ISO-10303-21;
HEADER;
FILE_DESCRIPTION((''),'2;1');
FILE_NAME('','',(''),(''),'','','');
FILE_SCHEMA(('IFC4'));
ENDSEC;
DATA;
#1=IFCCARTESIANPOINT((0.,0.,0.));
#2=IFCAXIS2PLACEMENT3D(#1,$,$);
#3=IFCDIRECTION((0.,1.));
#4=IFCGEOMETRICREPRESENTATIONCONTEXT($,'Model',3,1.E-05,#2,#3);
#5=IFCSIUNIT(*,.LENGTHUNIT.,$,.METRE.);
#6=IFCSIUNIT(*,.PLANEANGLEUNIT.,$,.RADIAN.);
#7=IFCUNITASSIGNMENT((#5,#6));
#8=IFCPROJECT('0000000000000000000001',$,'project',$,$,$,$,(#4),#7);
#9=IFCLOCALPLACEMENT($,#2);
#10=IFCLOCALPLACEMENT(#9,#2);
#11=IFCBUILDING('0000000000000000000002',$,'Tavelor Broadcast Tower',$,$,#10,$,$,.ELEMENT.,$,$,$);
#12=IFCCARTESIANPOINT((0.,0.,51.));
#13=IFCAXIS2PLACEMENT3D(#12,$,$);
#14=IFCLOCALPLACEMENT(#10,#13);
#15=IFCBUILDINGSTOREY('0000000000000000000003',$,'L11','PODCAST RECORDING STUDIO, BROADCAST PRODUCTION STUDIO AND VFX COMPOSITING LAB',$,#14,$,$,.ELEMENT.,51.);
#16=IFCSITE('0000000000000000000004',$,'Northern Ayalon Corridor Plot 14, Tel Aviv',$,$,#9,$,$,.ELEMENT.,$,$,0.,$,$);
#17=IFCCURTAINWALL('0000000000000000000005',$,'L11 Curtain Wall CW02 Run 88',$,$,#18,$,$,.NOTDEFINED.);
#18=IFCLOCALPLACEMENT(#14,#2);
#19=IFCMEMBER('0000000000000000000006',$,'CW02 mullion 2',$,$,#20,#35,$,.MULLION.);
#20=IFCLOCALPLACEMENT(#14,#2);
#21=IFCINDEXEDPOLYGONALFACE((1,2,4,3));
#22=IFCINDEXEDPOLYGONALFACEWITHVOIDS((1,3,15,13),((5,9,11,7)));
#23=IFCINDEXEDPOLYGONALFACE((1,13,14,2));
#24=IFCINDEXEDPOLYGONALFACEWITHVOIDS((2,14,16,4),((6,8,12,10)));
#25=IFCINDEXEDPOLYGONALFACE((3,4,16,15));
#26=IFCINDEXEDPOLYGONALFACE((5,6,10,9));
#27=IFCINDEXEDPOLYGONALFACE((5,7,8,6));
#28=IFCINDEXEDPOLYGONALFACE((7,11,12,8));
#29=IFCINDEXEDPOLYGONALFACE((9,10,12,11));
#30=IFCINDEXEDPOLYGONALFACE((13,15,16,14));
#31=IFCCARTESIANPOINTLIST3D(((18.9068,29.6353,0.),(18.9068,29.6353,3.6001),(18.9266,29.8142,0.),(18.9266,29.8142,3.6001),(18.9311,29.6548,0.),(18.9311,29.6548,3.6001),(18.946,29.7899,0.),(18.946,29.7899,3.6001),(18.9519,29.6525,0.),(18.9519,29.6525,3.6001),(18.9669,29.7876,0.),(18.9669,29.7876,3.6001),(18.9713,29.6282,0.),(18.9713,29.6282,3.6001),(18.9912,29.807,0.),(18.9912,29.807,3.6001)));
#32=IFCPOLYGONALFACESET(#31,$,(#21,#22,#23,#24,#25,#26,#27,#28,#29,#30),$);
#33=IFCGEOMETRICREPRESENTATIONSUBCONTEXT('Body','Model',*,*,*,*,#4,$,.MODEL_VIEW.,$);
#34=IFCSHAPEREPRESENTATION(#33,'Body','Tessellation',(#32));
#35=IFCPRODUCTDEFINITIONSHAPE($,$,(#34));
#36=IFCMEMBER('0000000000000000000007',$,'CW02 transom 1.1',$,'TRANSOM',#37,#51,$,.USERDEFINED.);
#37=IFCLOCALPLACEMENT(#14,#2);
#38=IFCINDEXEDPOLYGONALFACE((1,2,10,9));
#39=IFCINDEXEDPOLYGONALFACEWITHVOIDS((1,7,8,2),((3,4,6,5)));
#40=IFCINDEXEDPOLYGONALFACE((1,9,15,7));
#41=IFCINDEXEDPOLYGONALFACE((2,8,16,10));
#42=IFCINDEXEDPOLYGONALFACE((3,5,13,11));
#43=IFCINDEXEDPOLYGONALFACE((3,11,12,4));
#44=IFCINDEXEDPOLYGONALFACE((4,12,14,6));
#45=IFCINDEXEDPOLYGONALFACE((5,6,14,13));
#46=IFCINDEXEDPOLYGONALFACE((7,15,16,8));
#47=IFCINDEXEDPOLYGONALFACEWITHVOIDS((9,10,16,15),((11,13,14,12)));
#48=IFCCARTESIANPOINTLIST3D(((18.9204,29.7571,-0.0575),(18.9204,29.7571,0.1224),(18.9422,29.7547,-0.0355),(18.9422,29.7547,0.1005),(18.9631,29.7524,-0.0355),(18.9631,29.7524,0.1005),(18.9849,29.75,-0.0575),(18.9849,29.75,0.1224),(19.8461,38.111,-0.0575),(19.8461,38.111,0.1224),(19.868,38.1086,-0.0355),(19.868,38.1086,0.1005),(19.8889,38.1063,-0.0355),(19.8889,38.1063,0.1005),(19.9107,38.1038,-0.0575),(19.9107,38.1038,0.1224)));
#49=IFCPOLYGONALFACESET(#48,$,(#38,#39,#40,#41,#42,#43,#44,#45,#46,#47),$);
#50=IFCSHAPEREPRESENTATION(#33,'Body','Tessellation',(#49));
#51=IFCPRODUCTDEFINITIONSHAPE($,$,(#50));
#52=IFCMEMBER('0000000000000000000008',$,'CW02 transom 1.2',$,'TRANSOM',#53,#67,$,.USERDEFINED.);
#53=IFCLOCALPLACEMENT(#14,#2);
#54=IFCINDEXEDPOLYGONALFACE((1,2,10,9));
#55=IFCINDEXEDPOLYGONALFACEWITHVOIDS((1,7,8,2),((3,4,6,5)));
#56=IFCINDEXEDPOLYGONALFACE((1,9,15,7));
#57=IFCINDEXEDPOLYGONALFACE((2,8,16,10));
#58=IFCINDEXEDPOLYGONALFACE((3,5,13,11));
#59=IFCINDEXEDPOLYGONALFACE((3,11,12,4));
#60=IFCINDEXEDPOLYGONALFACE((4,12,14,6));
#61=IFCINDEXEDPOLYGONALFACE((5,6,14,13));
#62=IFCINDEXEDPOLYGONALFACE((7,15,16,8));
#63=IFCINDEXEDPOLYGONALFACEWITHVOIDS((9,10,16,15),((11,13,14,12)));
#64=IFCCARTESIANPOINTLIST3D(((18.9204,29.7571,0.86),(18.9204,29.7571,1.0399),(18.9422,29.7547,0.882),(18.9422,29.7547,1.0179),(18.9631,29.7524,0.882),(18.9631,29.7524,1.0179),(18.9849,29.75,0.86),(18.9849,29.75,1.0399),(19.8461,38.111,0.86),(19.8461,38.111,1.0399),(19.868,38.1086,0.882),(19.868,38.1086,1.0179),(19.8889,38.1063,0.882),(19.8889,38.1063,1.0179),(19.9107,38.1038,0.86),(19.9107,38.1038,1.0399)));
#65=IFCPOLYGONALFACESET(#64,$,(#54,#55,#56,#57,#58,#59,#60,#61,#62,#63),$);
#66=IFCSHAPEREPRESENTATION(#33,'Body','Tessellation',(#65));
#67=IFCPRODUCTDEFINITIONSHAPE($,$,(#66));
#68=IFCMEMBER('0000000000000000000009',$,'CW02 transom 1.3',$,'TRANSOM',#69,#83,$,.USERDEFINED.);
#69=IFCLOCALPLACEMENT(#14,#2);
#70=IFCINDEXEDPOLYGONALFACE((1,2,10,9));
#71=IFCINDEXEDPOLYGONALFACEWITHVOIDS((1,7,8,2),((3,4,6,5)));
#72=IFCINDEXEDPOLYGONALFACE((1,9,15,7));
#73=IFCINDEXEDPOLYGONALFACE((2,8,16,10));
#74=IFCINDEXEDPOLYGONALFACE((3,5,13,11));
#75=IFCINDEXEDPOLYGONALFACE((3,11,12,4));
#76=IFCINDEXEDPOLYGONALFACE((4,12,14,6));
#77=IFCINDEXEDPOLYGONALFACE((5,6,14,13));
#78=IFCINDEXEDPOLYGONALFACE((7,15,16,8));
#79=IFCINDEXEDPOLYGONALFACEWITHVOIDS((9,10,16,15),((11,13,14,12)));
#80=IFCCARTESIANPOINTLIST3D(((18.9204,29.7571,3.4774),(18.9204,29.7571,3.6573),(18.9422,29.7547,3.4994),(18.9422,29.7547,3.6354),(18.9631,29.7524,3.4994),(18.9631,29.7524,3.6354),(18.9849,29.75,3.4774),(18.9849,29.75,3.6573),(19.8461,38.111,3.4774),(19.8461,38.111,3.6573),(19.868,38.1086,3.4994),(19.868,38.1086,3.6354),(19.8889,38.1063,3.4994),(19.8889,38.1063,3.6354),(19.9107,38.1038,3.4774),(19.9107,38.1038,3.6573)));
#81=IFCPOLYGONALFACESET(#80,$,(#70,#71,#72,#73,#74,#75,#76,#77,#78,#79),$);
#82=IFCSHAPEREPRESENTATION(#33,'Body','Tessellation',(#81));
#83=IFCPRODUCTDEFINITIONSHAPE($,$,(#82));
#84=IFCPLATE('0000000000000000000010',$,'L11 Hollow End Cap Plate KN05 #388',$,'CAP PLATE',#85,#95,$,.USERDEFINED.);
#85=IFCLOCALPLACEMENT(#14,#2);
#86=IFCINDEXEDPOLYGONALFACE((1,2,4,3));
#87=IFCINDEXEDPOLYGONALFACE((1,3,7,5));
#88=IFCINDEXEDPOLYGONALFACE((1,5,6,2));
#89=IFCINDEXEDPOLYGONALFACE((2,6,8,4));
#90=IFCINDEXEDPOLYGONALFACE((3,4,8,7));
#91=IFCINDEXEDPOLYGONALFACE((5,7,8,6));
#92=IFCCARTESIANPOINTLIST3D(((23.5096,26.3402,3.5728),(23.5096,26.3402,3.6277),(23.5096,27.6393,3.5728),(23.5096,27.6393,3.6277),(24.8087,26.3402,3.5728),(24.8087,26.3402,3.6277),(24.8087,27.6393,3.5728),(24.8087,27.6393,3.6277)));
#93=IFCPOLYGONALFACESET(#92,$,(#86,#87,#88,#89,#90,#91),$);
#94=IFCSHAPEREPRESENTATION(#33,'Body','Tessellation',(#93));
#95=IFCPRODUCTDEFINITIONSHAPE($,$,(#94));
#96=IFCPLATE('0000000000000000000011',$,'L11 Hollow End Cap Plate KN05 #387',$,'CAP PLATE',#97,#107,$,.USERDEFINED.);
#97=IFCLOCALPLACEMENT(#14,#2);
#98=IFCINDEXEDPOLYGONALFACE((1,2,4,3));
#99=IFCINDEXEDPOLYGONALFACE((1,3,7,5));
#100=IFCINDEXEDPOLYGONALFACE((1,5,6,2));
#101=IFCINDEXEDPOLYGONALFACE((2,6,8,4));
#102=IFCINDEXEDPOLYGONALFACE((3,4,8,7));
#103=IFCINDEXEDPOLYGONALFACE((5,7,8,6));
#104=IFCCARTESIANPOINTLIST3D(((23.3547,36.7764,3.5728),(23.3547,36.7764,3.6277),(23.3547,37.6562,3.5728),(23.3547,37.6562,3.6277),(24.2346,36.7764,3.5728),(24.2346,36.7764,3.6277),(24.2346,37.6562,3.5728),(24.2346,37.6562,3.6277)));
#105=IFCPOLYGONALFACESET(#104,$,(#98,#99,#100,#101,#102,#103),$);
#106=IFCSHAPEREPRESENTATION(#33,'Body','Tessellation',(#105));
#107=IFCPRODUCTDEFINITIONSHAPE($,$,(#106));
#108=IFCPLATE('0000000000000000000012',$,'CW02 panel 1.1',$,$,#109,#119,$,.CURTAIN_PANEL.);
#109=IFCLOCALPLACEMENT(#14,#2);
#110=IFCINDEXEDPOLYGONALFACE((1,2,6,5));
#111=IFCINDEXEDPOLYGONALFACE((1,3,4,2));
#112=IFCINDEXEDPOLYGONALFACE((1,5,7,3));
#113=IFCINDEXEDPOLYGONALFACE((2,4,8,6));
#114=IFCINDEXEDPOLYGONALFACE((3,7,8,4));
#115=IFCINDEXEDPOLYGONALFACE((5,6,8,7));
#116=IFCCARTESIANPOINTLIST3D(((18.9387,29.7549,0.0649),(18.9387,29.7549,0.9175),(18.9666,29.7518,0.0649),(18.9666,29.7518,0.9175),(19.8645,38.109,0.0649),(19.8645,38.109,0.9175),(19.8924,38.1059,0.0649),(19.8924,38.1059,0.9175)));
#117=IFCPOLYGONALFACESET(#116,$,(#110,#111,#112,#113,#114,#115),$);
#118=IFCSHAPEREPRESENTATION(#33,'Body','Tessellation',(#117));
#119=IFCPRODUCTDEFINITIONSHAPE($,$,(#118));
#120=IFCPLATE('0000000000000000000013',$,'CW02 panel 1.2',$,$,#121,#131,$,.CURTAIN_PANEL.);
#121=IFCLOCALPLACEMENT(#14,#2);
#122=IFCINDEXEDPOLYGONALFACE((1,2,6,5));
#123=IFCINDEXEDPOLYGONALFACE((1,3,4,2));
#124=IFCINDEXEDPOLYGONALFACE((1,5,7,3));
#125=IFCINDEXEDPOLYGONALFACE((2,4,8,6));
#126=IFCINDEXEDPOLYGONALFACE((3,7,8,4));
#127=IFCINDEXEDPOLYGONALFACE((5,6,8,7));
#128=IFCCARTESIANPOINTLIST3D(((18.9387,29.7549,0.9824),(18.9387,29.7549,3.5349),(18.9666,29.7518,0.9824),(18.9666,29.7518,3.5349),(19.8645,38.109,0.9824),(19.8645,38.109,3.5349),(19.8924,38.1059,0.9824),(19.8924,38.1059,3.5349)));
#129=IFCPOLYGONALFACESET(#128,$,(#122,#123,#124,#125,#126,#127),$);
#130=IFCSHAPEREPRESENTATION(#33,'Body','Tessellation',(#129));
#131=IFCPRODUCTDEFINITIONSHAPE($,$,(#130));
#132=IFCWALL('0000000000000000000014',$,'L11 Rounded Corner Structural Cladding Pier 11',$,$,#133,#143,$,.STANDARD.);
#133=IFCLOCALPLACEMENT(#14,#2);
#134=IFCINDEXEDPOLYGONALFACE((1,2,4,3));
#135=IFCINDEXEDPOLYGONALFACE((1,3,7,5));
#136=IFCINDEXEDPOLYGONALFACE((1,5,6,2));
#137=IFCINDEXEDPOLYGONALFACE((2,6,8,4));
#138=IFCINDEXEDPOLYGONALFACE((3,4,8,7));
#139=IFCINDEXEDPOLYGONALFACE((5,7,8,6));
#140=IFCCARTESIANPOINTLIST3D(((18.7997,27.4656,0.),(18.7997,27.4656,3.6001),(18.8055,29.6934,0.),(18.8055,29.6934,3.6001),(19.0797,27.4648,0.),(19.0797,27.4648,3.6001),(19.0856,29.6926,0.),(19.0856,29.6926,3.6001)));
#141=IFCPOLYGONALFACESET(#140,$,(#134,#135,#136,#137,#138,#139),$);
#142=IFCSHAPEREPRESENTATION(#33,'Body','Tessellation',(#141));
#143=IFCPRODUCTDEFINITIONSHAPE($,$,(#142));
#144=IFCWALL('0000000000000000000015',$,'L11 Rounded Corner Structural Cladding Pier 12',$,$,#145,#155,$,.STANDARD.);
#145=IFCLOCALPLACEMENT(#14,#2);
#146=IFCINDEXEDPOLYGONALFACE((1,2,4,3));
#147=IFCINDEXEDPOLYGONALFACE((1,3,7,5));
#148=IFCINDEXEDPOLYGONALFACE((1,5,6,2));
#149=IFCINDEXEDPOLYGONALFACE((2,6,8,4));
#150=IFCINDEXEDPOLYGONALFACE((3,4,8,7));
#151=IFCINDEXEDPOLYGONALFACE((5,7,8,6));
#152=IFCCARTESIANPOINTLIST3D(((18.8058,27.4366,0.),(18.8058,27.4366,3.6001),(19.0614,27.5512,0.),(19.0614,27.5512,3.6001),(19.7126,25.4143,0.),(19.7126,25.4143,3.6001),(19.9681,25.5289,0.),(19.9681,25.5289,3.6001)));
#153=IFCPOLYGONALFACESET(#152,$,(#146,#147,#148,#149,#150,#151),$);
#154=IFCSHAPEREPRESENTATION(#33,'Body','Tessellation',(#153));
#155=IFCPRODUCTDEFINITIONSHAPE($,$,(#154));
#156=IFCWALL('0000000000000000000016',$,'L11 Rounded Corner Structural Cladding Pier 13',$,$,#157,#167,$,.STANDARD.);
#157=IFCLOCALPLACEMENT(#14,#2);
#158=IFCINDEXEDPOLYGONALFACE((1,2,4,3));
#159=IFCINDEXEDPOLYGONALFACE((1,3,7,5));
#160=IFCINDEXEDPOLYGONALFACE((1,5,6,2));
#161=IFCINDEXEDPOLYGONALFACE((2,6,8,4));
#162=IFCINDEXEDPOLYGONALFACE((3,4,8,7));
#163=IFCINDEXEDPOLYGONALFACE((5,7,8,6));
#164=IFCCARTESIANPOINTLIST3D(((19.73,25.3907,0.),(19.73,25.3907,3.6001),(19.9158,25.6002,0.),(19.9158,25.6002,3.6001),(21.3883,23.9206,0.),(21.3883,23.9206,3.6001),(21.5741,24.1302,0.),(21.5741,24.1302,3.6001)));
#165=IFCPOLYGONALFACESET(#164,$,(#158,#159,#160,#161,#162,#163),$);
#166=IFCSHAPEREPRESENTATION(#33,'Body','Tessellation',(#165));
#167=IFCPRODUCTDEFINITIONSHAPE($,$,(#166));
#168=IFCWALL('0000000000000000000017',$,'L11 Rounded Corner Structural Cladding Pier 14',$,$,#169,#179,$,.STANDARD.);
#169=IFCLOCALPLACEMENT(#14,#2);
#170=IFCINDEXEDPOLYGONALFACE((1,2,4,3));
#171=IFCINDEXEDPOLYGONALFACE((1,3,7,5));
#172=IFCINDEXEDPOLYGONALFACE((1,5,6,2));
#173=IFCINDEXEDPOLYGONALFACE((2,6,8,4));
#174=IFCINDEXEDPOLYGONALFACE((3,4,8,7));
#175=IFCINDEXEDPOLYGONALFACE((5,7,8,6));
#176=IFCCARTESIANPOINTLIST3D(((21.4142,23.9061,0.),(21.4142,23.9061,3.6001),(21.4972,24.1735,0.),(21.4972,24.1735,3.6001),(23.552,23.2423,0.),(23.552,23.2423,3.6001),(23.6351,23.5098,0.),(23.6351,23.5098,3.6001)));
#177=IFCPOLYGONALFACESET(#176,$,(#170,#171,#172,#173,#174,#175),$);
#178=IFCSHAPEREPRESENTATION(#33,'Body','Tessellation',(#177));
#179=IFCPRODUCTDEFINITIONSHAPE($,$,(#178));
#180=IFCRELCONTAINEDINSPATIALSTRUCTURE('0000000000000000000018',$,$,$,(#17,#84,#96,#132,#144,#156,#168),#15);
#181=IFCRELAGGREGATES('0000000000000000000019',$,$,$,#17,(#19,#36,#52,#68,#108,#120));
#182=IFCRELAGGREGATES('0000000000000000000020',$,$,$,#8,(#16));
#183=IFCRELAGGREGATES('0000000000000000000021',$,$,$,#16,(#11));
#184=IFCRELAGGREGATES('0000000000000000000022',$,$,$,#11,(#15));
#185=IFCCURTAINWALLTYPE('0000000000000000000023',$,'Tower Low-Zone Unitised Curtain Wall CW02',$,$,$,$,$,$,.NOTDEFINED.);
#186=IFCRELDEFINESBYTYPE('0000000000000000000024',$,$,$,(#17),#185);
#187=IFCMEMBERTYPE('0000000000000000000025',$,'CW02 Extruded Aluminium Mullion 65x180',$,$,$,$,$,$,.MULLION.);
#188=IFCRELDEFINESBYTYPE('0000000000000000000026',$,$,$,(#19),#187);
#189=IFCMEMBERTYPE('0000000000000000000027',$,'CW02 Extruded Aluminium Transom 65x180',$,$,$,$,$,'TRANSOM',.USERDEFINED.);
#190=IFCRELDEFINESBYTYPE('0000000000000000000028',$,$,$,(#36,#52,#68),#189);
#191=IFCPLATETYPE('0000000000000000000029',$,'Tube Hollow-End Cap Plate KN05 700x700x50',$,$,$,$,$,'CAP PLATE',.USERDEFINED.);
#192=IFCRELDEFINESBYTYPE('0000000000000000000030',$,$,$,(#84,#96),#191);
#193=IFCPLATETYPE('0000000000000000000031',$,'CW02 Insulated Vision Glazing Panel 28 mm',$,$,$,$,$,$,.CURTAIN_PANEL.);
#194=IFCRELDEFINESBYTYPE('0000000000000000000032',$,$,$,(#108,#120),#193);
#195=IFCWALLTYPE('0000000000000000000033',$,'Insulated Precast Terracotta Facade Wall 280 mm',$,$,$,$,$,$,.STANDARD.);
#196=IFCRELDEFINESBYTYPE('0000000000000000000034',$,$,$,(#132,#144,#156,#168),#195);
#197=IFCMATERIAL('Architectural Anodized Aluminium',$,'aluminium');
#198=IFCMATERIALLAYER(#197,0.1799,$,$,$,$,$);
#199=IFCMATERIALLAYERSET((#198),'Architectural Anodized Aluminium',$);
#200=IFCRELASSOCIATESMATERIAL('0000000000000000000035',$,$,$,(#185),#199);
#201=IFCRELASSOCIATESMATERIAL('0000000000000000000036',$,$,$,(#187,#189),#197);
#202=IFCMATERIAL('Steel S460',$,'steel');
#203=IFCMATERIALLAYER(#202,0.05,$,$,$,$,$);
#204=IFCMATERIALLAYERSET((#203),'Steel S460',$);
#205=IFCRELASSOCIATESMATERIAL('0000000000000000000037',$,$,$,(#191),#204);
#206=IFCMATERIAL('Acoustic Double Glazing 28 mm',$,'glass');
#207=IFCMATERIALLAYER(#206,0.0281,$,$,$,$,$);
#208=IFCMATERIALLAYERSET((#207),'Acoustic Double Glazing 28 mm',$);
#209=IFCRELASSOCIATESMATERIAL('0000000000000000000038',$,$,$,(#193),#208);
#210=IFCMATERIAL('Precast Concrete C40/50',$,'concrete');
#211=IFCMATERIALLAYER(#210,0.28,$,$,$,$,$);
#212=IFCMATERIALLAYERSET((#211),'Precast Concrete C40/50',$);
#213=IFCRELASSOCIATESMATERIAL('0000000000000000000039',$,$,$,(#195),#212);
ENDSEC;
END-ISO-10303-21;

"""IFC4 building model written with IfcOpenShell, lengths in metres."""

from ifc_helpers import new_model, si_unit, direction, frame, frame_2d, origin, origin_2d, place, context, subcontext, project, spatial, rectangle, hollow_rectangle, extrude, source, transform, mapped, material, layer, layer_set, material_profile, profile_set, type_object, type_shapes, element, aggregate, save


model = new_model("IFC4")

# Units and contexts
model_context = context("Model", 3, precision=1e-05, world=origin(), true_north=direction((0.0, 1.0)))
body_context = subcontext(model_context, "Body", "Model", "MODEL_VIEW")
ifc_project = project(units=[si_unit("LENGTHUNIT", "METRE"), si_unit("PLANEANGLEUNIT", "RADIAN")], contexts=[model_context])

# Site, building, storey
site_placement = place(None, origin())
site = spatial("IfcSite", under=ifc_project, at=site_placement, Name="Northern Ayalon Corridor Plot 14, Tel Aviv", CompositionType="ELEMENT", RefElevation=0.0)
building_placement = place(site_placement, origin())
building = spatial("IfcBuilding", under=site, at=building_placement, Name="Tavelor Broadcast Tower", CompositionType="ELEMENT")
storey_placement = place(building_placement, frame((0.0, 0.0, 51.0)))
storey = spatial("IfcBuildingStorey", under=building, at=storey_placement, Name="L11", Description="PODCAST RECORDING STUDIO, BROADCAST PRODUCTION STUDIO AND VFX COMPOSITING LAB", CompositionType="ELEMENT", Elevation=51.0)

# Shared definitions
ifc_material_1 = material(Name="Steel S460", Category="steel")

# Shared definitions
ifc_material_2 = material(Name="Architectural Anodized Aluminium", Category="aluminium")
ifc_layer_1 = layer(ifc_material_2, 0.1799)
ifc_layer_set_1 = layer_set([ifc_layer_1], Name="Architectural Anodized Aluminium")
curtain_wall_type = type_object("IfcCurtainWallType", Name="Tower Low-Zone Unitised Curtain Wall CW02", PredefinedType="NOTDEFINED", material=ifc_layer_set_1)
ifc_material_profile_1 = material_profile(ifc_material_2, hollow_rectangle(XDim=0.0649, YDim=0.1799, WallThickness=0.022, at=origin_2d()), Name="RHS 65x180x22")
ifc_profile_set_1 = profile_set([ifc_material_profile_1], Name="Architectural Anodized Aluminium")
member_type_1 = type_object("IfcMemberType", Name="CW02 Extruded Aluminium Mullion 65x180", PredefinedType="MULLION", material=ifc_profile_set_1)
shared_shape_1 = source(origin(), body_context, "Body", "SweptSolid", [
    extrude(hollow_rectangle(XDim=0.0649, YDim=0.1799, WallThickness=0.022, at=origin_2d()), origin(), (0.0, 0.0, 1.0), 3.6001),
])
type_shapes(member_type_1, [shared_shape_1])

# Curtain wall, members
curtain_wall_1_placement = place(storey_placement, origin())
curtain_wall_1 = element("IfcCurtainWall", 1, at=curtain_wall_1_placement, inside=storey, type_object=curtain_wall_type, Name="L11 Curtain Wall CW02 Run 88", PredefinedType="NOTDEFINED")
member_1_placement = place(storey_placement, frame((18.949, 29.7212, 0.0), z_axis=(0.0, 0.0, 1.0), x_axis=(0.993916, -0.110143, 0.0)))
member_1 = element("IfcMember", 2, at=member_1_placement, type_object=member_type_1, Name="CW02 mullion 2", PredefinedType="MULLION", context=body_context, shape_type="MappedRepresentation", body=[
    mapped(shared_shape_1, transform((0.0, 0.0, 0.0), scale=1.0)),
])
ifc_material_profile_2 = material_profile(ifc_material_2, hollow_rectangle(XDim=0.0649, YDim=0.1799, WallThickness=0.022, at=origin_2d()), Name="RHS 65x180x22")
ifc_profile_set_2 = profile_set([ifc_material_profile_2], Name="Architectural Anodized Aluminium")
member_type_2 = type_object("IfcMemberType", Name="CW02 Extruded Aluminium Transom 65x180", ElementType="TRANSOM", PredefinedType="USERDEFINED", material=ifc_profile_set_2)
shared_shape_2 = source(origin(), body_context, "Body", "SweptSolid", [
    extrude(hollow_rectangle(XDim=0.0649, YDim=0.1799, WallThickness=0.022, at=origin_2d()), origin(), (0.0, 0.0, 1.0), 8.405),
])
type_shapes(member_type_2, [shared_shape_2])
member_2_placement = place(storey_placement, frame((19.8784, 38.1074, 0.0325), z_axis=(-0.110145, -0.993916, 0.0), x_axis=(0.993916, -0.110145, 0.0)))
member_2 = element("IfcMember", 3, at=member_2_placement, type_object=member_type_2, Name="CW02 transom 1.1", ObjectType="TRANSOM", PredefinedType="USERDEFINED", context=body_context, shape_type="MappedRepresentation", body=[
    mapped(shared_shape_2, transform((0.0, 0.0, 0.0), scale=1.0)),
])
member_3_placement = place(storey_placement, frame((19.8784, 38.1074, 0.95), z_axis=(-0.110145, -0.993916, 0.0), x_axis=(0.993916, -0.110145, 0.0)))
member_3 = element("IfcMember", 4, at=member_3_placement, type_object=member_type_2, Name="CW02 transom 1.2", ObjectType="TRANSOM", PredefinedType="USERDEFINED", context=body_context, shape_type="MappedRepresentation", body=[
    mapped(shared_shape_2, transform((0.0, 0.0, 0.0), scale=1.0)),
])
member_4_placement = place(storey_placement, frame((19.8784, 38.1074, 3.5674), z_axis=(-0.110145, -0.993916, 0.0), x_axis=(0.993916, -0.110145, 0.0)))
member_4 = element("IfcMember", 5, at=member_4_placement, type_object=member_type_2, Name="CW02 transom 1.3", ObjectType="TRANSOM", PredefinedType="USERDEFINED", context=body_context, shape_type="MappedRepresentation", body=[
    mapped(shared_shape_2, transform((0.0, 0.0, 0.0), scale=1.0)),
])

# Plates
ifc_layer_2 = layer(ifc_material_1, 0.05)
ifc_layer_set_2 = layer_set([ifc_layer_2], Name="Steel S460")
plate_type_1 = type_object("IfcPlateType", Name="Tube Hollow-End Cap Plate KN05 700x700x50", ElementType="CAP PLATE", PredefinedType="USERDEFINED", material=ifc_layer_set_2)
shared_shape_3 = source(origin(), body_context, "Body", "SweptSolid", [
    extrude(rectangle(XDim=1.2991, YDim=1.2991, at=origin_2d()), origin(), (0.0, 0.0, 1.0), 0.0549),
])
plate_1_placement = place(storey_placement, frame((24.1592, 26.9897, 3.5728), z_axis=(0.0, 0.0, 1.0), x_axis=(1.0, 0.0, 0.0)))
element("IfcPlate", 6, at=plate_1_placement, inside=storey, type_object=plate_type_1, Name="L11 Hollow End Cap Plate KN05 #388", ObjectType="CAP PLATE", PredefinedType="USERDEFINED", context=body_context, shape_type="MappedRepresentation", body=[
    mapped(shared_shape_3, transform((0.0, 0.0, 0.0), scale=1.0)),
])
shared_shape_4 = source(origin(), body_context, "Body", "SweptSolid", [
    extrude(rectangle(XDim=0.8799, YDim=0.8799, at=origin_2d()), origin(), (0.0, 0.0, 1.0), 0.0549),
])
type_shapes(plate_type_1, [shared_shape_3, shared_shape_4])
plate_2_placement = place(storey_placement, frame((23.7947, 37.2163, 3.5728), z_axis=(0.0, 0.0, 1.0), x_axis=(1.0, 0.0, 0.0)))
element("IfcPlate", 7, at=plate_2_placement, inside=storey, type_object=plate_type_1, Name="L11 Hollow End Cap Plate KN05 #387", ObjectType="CAP PLATE", PredefinedType="USERDEFINED", context=body_context, shape_type="MappedRepresentation", body=[
    mapped(shared_shape_4, transform((0.0, 0.0, 0.0), scale=1.0)),
])

# Plates
ifc_material_3 = material(Name="Acoustic Double Glazing 28 mm", Category="glass")
ifc_layer_3 = layer(ifc_material_3, 0.0281)
ifc_layer_set_3 = layer_set([ifc_layer_3], Name="Acoustic Double Glazing 28 mm")
plate_type_2 = type_object("IfcPlateType", Name="CW02 Insulated Vision Glazing Panel 28 mm", PredefinedType="CURTAIN_PANEL", material=ifc_layer_set_3)
shared_shape_5 = source(origin(), body_context, "Body", "SweptSolid", [
    extrude(rectangle(XDim=8.4053, YDim=0.0281, at=origin_2d()), origin(), (0.0, 0.0, 1.0), 0.8525),
])
plate_3_placement = place(storey_placement, frame((19.4155, 33.9304, 0.0649), z_axis=(0.0, 0.0, 1.0), x_axis=(-0.110143, -0.993916, 0.0)))
plate_3 = element("IfcPlate", 8, at=plate_3_placement, type_object=plate_type_2, Name="CW02 panel 1.1", PredefinedType="CURTAIN_PANEL", context=body_context, shape_type="MappedRepresentation", body=[
    mapped(shared_shape_5, transform((0.0, 0.0, 0.0), scale=1.0)),
])
shared_shape_6 = source(origin(), body_context, "Body", "SweptSolid", [
    extrude(rectangle(XDim=8.4053, YDim=0.0281, at=origin_2d()), origin(), (0.0, 0.0, 1.0), 2.5525),
])
type_shapes(plate_type_2, [shared_shape_5, shared_shape_6])
plate_4_placement = place(storey_placement, frame((19.4155, 33.9304, 0.9824), z_axis=(0.0, 0.0, 1.0), x_axis=(-0.110143, -0.993916, 0.0)))
plate_4 = element("IfcPlate", 9, at=plate_4_placement, type_object=plate_type_2, Name="CW02 panel 1.2", PredefinedType="CURTAIN_PANEL", context=body_context, shape_type="MappedRepresentation", body=[
    mapped(shared_shape_6, transform((0.0, 0.0, 0.0), scale=1.0)),
])
aggregate(curtain_wall_1, [member_1, member_2, member_3, member_4, plate_3, plate_4])

# Walls
ifc_material_4 = material(Name="Precast Concrete C40/50", Category="concrete")
ifc_layer_4 = layer(ifc_material_4, 0.28)
ifc_layer_set_4 = layer_set([ifc_layer_4], Name="Precast Concrete C40/50")
wall_type_1 = type_object("IfcWallType", Name="Insulated Precast Terracotta Facade Wall 280 mm", PredefinedType="STANDARD", material=ifc_layer_set_4)
wall_1_placement = place(storey_placement, frame((18.9456, 29.6929, 0.0), z_axis=(0.0, 0.0, 1.0), x_axis=(-0.00263, -0.999997, 0.0)))
element("IfcWall", 10, at=wall_1_placement, inside=storey, type_object=wall_type_1, Name="L11 Rounded Corner Structural Cladding Pier 11", PredefinedType="STANDARD", context=body_context, shape_type="SweptSolid", body=[
    extrude(rectangle(XDim=2.2278, YDim=0.28, at=frame_2d((1.1138, 0.0))), origin(), (0.0, 0.0, 1.0), 3.6001),
])
wall_2_placement = place(storey_placement, frame((18.9336, 27.4939, 0.0), z_axis=(0.0, 0.0, 1.0), x_axis=(0.409141, -0.912471, 0.0)))
element("IfcWall", 11, at=wall_2_placement, inside=storey, type_object=wall_type_1, Name="L11 Rounded Corner Structural Cladding Pier 12", PredefinedType="STANDARD", context=body_context, shape_type="SweptSolid", body=[
    extrude(rectangle(XDim=2.2163, YDim=0.28, at=frame_2d((1.1082, 0.0))), origin(), (0.0, 0.0, 1.0), 3.6001),
])
wall_3_placement = place(storey_placement, frame((19.823, 25.4954, 0.0), z_axis=(0.0, 0.0, 1.0), x_axis=(0.748302, -0.663358, 0.0)))
element("IfcWall", 12, at=wall_3_placement, inside=storey, type_object=wall_type_1, Name="L11 Rounded Corner Structural Cladding Pier 13", PredefinedType="STANDARD", context=body_context, shape_type="SweptSolid", body=[
    extrude(rectangle(XDim=2.2161, YDim=0.28, at=frame_2d((1.1079, 0.0))), origin(), (0.0, 0.0, 1.0), 3.6001),
])
wall_4_placement = place(storey_placement, frame((21.4558, 24.0398, 0.0), z_axis=(0.0, 0.0, 1.0), x_axis=(0.955024, -0.29653, 0.0)))
element("IfcWall", 13, at=wall_4_placement, inside=storey, type_object=wall_type_1, Name="L11 Rounded Corner Structural Cladding Pier 14", PredefinedType="STANDARD", context=body_context, shape_type="SweptSolid", body=[
    extrude(rectangle(XDim=2.2385, YDim=0.28, at=frame_2d((1.1191, 0.0))), origin(), (0.0, 0.0, 1.0), 3.6001),
])

save(model, "model.ifc")
